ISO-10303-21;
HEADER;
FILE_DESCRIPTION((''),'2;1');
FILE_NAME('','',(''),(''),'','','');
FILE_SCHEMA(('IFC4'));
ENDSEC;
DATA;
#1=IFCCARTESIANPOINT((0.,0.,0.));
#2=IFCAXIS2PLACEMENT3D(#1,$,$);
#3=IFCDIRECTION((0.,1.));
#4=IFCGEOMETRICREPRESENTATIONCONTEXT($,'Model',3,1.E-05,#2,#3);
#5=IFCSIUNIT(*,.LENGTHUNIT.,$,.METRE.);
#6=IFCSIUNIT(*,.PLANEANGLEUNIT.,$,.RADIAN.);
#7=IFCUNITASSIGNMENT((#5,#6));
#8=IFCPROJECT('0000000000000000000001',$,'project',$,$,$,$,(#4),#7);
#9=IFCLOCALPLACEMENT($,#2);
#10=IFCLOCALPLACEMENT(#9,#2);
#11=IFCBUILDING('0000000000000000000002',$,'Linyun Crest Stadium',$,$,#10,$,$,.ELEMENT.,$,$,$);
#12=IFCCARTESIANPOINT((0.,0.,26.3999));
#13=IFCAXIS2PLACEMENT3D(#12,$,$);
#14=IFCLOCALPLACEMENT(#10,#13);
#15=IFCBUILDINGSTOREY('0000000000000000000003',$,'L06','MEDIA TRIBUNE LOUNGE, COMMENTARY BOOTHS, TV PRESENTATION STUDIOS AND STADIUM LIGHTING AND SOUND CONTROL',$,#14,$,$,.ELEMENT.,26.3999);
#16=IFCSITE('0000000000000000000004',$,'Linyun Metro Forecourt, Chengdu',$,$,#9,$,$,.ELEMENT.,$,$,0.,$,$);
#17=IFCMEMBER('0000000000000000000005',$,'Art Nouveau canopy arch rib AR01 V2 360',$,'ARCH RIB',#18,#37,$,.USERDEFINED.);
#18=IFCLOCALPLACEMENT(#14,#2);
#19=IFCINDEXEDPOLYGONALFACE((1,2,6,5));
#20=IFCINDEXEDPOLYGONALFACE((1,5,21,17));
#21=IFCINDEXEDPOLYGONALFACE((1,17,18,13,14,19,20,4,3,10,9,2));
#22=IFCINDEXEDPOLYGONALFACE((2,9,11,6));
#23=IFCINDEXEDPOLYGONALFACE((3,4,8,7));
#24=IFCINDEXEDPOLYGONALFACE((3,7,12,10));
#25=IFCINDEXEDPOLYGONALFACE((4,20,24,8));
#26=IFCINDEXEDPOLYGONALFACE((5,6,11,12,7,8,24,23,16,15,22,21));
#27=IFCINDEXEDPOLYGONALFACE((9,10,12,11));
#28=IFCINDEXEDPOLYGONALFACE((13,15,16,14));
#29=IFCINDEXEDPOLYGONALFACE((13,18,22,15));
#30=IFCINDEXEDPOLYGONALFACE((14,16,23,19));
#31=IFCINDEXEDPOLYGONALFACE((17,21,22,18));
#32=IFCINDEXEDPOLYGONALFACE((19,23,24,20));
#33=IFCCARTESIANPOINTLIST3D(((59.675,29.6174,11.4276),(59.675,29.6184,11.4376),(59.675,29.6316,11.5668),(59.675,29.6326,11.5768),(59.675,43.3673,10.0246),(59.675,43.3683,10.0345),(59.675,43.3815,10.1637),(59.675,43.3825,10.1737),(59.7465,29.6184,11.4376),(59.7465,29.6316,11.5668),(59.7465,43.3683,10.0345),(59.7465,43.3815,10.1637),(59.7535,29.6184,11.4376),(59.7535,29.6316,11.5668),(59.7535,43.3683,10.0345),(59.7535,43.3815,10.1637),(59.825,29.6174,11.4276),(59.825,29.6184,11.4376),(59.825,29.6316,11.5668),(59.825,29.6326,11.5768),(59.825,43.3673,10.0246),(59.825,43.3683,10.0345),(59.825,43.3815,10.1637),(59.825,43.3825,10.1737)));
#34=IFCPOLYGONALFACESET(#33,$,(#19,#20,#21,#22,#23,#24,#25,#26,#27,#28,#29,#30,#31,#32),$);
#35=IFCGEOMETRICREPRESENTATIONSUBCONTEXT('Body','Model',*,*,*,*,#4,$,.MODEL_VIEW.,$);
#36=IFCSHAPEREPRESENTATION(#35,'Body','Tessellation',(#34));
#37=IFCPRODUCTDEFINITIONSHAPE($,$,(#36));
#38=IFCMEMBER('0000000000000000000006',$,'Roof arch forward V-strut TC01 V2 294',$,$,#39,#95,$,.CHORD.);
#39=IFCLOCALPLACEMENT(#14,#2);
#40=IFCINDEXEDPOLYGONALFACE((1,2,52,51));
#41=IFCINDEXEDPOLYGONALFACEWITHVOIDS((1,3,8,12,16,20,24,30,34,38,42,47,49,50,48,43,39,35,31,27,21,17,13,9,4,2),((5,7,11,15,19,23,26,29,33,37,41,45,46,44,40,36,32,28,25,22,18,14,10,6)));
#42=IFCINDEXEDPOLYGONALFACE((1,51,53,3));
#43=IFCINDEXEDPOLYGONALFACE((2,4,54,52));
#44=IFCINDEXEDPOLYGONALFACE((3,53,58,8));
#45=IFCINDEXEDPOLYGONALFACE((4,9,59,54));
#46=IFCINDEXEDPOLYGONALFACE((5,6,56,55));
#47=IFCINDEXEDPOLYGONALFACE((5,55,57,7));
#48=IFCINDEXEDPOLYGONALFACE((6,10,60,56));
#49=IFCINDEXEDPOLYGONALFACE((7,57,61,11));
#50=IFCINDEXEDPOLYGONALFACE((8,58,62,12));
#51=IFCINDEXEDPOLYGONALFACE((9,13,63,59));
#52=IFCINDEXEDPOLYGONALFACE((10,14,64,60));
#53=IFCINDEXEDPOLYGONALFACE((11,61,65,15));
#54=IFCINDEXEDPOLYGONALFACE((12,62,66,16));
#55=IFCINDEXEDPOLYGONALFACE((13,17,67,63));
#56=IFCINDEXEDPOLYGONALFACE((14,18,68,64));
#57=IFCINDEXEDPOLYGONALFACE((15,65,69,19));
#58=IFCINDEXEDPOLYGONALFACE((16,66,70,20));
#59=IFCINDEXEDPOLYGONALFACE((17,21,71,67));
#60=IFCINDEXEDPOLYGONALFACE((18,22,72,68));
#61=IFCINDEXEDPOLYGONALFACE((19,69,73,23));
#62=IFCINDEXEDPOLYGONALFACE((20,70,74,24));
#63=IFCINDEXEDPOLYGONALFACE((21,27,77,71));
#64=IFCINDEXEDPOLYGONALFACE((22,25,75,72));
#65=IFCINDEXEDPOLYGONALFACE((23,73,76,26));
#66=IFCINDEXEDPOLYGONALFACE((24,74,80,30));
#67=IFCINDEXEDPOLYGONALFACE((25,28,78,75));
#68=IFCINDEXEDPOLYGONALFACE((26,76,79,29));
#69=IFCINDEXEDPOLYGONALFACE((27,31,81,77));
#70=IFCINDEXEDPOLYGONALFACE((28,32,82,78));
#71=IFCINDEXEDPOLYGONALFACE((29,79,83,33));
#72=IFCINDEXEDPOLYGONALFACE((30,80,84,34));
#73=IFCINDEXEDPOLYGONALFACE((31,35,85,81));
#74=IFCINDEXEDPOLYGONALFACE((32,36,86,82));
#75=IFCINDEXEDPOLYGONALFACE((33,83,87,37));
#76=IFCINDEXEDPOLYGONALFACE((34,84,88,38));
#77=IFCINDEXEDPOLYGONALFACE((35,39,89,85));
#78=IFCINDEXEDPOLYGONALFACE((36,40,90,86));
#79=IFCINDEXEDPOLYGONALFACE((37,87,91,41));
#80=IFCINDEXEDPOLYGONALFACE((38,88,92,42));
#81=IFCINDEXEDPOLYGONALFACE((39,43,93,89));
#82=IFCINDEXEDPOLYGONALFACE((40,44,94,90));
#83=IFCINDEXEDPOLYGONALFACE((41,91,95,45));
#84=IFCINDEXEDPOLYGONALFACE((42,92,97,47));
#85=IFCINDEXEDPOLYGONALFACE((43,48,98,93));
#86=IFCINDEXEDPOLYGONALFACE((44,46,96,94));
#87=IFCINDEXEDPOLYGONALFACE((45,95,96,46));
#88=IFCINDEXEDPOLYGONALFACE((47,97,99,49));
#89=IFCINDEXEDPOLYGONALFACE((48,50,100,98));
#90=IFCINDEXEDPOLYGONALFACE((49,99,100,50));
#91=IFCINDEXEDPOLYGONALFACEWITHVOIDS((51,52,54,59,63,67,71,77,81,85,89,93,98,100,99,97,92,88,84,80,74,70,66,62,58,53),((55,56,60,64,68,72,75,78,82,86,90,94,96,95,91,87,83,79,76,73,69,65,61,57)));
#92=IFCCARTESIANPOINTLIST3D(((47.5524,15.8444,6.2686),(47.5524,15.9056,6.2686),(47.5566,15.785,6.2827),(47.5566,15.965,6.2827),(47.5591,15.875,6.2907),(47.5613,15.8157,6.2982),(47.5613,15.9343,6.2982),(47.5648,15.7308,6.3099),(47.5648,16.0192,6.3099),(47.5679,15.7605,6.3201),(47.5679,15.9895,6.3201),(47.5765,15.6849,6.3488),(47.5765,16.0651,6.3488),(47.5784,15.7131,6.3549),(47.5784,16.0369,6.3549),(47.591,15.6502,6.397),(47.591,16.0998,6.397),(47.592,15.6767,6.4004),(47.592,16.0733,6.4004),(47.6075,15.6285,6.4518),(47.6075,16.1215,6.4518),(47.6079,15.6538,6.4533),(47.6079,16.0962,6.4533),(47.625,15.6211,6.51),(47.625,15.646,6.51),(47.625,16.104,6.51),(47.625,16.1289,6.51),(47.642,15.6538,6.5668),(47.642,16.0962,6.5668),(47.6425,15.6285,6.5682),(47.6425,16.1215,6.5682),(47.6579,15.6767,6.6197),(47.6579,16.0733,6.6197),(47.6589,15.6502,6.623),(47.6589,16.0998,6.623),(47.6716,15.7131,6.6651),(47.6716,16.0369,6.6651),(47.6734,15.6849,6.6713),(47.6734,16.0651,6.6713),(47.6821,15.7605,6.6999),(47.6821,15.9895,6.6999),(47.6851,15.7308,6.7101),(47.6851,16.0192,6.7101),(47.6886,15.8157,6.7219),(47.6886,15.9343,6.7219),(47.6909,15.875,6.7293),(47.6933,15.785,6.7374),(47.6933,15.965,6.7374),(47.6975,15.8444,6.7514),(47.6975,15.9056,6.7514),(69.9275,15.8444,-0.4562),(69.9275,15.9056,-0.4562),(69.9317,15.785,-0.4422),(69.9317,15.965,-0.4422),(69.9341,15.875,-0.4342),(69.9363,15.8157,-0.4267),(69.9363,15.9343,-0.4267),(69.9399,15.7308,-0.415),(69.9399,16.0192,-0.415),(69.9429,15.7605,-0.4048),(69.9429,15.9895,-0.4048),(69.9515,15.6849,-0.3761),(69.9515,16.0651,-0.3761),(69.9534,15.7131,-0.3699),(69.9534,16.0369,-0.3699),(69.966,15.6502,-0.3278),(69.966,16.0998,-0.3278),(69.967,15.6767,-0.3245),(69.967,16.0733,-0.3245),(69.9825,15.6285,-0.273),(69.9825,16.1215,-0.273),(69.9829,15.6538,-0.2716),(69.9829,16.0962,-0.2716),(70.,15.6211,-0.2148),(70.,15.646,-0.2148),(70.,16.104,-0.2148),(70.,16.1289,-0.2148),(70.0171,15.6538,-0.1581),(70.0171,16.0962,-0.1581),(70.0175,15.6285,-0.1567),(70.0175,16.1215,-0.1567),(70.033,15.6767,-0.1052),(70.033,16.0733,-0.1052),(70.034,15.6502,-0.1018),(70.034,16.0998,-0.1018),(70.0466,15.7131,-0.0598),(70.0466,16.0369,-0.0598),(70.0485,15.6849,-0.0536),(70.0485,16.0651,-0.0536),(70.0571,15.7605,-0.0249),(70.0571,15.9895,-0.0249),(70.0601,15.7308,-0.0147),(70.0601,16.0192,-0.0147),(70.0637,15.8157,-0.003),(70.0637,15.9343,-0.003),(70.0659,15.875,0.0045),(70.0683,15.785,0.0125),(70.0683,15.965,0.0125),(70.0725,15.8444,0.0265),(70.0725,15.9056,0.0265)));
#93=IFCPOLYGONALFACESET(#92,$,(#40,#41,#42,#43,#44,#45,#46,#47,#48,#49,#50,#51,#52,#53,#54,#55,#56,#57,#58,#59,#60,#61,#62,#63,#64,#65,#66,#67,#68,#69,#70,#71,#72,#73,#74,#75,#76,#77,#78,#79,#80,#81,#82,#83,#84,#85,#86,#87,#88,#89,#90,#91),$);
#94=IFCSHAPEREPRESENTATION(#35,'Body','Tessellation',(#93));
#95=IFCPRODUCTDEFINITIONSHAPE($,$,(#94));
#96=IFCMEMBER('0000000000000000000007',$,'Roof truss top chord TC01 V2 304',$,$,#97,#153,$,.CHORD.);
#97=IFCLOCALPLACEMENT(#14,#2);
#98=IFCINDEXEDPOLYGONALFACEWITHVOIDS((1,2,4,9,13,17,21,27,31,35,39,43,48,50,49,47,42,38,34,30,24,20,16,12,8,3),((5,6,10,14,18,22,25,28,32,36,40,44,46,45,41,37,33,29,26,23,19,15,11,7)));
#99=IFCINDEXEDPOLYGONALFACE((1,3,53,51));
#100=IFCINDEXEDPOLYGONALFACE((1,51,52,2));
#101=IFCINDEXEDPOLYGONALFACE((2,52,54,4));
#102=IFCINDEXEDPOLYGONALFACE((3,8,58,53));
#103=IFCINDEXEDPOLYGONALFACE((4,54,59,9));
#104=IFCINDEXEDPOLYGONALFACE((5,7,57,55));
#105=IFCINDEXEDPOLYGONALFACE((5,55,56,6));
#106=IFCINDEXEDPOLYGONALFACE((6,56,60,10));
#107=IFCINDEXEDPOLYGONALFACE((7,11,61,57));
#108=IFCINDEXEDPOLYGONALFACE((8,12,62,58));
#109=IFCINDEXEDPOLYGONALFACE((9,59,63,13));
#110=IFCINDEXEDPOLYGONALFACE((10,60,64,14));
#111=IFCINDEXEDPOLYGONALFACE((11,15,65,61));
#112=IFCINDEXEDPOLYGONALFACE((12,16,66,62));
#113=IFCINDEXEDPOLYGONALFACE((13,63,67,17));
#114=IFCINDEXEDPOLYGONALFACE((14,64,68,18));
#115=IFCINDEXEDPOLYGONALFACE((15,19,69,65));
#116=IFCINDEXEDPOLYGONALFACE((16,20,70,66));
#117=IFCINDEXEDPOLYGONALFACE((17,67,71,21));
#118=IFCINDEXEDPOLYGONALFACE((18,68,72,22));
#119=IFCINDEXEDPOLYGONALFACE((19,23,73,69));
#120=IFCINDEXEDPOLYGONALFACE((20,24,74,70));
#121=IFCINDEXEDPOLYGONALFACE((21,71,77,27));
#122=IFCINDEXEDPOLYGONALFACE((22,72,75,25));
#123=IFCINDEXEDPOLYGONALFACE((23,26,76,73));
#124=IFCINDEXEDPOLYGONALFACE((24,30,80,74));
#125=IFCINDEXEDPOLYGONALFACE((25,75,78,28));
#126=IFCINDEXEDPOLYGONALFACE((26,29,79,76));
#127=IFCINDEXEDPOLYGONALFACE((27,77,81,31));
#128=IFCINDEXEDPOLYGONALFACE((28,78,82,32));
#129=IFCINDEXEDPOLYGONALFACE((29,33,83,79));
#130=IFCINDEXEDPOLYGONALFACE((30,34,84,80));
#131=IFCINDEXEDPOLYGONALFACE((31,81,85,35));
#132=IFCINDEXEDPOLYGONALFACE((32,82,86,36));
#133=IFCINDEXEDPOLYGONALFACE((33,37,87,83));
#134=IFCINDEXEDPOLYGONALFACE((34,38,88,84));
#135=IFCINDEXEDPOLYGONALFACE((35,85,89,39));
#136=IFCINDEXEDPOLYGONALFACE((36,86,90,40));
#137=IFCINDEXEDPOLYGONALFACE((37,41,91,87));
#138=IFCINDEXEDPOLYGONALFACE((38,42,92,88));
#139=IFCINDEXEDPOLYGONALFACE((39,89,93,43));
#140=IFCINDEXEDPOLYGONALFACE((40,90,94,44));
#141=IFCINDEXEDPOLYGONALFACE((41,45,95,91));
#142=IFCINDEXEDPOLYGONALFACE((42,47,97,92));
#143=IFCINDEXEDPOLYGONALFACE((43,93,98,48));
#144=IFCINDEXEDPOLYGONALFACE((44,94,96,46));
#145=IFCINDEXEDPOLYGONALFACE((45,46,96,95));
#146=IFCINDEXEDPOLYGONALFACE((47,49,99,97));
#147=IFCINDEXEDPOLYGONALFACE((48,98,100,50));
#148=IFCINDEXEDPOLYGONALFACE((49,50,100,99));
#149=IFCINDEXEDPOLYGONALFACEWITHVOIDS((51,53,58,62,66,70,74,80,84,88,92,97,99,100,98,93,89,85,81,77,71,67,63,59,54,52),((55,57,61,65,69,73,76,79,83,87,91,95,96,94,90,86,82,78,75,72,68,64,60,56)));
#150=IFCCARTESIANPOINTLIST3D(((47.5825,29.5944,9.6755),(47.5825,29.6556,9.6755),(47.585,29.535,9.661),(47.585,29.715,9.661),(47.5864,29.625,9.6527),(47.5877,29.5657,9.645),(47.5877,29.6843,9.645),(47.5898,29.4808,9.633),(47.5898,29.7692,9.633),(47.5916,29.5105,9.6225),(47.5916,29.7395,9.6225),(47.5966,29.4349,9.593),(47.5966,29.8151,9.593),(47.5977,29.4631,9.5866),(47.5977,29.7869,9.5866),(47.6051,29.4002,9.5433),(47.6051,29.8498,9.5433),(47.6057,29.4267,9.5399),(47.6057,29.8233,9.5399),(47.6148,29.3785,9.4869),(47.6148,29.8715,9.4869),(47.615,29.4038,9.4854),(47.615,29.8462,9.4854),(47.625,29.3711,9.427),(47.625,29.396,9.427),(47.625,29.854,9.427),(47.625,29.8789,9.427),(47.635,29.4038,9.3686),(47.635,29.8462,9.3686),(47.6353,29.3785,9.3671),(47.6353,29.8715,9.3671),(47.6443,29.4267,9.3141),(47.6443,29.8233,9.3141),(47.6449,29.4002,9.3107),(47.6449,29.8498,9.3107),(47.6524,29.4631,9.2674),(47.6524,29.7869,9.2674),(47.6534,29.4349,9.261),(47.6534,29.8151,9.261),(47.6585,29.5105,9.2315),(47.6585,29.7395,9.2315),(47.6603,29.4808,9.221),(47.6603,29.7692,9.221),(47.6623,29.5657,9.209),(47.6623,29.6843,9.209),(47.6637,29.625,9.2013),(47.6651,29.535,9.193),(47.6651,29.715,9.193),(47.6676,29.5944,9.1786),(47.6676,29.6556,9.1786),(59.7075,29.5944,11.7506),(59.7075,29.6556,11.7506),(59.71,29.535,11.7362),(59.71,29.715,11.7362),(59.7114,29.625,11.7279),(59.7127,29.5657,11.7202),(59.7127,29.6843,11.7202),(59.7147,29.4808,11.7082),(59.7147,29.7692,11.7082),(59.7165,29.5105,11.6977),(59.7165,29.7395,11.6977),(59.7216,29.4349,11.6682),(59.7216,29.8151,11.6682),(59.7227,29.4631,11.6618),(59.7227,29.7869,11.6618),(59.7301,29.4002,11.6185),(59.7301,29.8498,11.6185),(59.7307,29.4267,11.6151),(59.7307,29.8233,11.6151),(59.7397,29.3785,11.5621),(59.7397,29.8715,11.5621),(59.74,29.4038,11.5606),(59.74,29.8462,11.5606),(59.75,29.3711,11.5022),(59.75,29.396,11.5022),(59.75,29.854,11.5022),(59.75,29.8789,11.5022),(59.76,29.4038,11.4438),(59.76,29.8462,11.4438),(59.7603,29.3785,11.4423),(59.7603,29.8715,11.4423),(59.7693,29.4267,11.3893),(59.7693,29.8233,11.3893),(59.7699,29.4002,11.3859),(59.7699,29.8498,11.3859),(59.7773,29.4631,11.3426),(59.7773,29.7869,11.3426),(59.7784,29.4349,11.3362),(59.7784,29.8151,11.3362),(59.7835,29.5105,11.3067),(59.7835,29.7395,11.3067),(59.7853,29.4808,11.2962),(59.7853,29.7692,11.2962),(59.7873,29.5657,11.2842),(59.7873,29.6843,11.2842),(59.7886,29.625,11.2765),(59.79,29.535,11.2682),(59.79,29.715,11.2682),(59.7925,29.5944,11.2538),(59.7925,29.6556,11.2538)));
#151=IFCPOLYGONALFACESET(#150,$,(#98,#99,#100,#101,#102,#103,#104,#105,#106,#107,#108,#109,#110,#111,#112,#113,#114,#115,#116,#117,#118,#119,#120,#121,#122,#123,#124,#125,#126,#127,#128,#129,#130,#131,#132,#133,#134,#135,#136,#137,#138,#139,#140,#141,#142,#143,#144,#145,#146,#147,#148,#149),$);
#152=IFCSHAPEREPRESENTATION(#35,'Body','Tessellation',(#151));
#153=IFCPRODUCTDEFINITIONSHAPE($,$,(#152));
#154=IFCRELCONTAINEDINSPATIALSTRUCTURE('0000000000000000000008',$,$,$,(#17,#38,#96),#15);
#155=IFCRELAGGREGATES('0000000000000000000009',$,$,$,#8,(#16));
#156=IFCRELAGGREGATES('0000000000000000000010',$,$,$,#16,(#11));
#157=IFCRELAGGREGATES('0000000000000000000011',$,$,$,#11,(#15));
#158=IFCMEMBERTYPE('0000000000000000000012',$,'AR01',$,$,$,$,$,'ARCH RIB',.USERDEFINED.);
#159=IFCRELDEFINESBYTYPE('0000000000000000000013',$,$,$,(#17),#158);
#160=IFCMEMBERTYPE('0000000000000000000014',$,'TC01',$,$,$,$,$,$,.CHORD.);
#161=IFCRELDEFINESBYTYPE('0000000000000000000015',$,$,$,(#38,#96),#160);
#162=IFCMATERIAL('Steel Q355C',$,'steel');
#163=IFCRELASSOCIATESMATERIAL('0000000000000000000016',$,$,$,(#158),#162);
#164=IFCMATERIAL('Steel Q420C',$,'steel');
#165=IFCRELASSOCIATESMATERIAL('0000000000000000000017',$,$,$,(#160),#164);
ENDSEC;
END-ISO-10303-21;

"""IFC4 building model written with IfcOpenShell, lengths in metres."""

from ifc_helpers import new_model, si_unit, direction, frame, origin, origin_2d, place, context, subcontext, project, spatial, hollow_circle, i_section, extrude, material, material_profile, profile_set, type_object, element, save


model = new_model("IFC4")

# Units and contexts
model_context = context("Model", 3, precision=1e-05, world=origin(), true_north=direction((0.0, 1.0)))
body_context = subcontext(model_context, "Body", "Model", "MODEL_VIEW")
ifc_project = project(units=[si_unit("LENGTHUNIT", "METRE"), si_unit("PLANEANGLEUNIT", "RADIAN")], contexts=[model_context])

# Site, building, storey
site_placement = place(None, origin())
site = spatial("IfcSite", under=ifc_project, at=site_placement, Name="Linyun Metro Forecourt, Chengdu", CompositionType="ELEMENT", RefElevation=0.0)
building_placement = place(site_placement, origin())
building = spatial("IfcBuilding", under=site, at=building_placement, Name="Linyun Crest Stadium", CompositionType="ELEMENT")
storey_placement = place(building_placement, frame((0.0, 0.0, 26.3999)))
storey = spatial("IfcBuildingStorey", under=building, at=storey_placement, Name="L06", Description="MEDIA TRIBUNE LOUNGE, COMMENTARY BOOTHS, TV PRESENTATION STUDIOS AND STADIUM LIGHTING AND SOUND CONTROL", CompositionType="ELEMENT", Elevation=26.3999)

# Members
ifc_material_1 = material(Name="Steel Q355C", Category="steel")
ifc_material_profile_1 = material_profile(ifc_material_1, i_section(OverallWidth=0.1499, OverallDepth=0.1499, WebThickness=0.0071, FlangeThickness=0.01, at=origin_2d()), Name="HW 150x150")
ifc_profile_set_1 = profile_set([ifc_material_profile_1], Name="Steel Q355C")
member_type_1 = type_object("IfcMemberType", Name="AR01", ElementType="ARCH RIB", PredefinedType="USERDEFINED", material=ifc_profile_set_1)
member_1_placement = place(storey_placement, frame((59.75, 29.625, 11.5022), z_axis=(0.0, 0.994834, -0.101515), x_axis=(-1.0, 0.0, 0.0)))
element("IfcMember", 1, at=member_1_placement, inside=storey, type_object=member_type_1, Name="Art Nouveau canopy arch rib AR01 V2 360", ObjectType="ARCH RIB", PredefinedType="USERDEFINED", context=body_context, shape_type="SweptSolid", body=[
    extrude(i_section(OverallWidth=0.1499, OverallDepth=0.1499, WebThickness=0.0071, FlangeThickness=0.01, at=origin_2d()), origin(), (0.0, 0.0, 1.0), 13.8213),
])
ifc_material_2 = material(Name="Steel Q420C", Category="steel")
ifc_material_profile_2 = material_profile(ifc_material_2, hollow_circle(Radius=0.2539, WallThickness=0.0249, at=origin_2d()), Name="CHS 508x25")
ifc_profile_set_2 = profile_set([ifc_material_profile_2], Name="Steel Q420C")
member_type_2 = type_object("IfcMemberType", Name="TC01", PredefinedType="CHORD", material=ifc_profile_set_2)
member_2_placement = place(storey_placement, frame((70.0, 15.875, -0.2148), z_axis=(-0.957681, 0.0, 0.287833), x_axis=(0.0, -1.0, 0.0)))
element("IfcMember", 2, at=member_2_placement, inside=storey, type_object=member_type_2, Name="Roof arch forward V-strut TC01 V2 294", PredefinedType="CHORD", context=body_context, shape_type="SweptSolid", body=[
    extrude(hollow_circle(Radius=0.2539, WallThickness=0.0249, at=origin_2d()), origin(), (0.0, 0.0, 1.0), 23.3638),
])
member_3_placement = place(storey_placement, frame((59.75, 29.625, 11.5022), z_axis=(-0.985668, 0.0, -0.168697), x_axis=(0.0, -1.0, 0.0)))
element("IfcMember", 3, at=member_3_placement, inside=storey, type_object=member_type_2, Name="Roof truss top chord TC01 V2 304", PredefinedType="CHORD", context=body_context, shape_type="SweptSolid", body=[
    extrude(hollow_circle(Radius=0.2539, WallThickness=0.0249, at=origin_2d()), origin(), (0.0, 0.0, 1.0), 12.3013),
])

save(model, "model.ifc")
